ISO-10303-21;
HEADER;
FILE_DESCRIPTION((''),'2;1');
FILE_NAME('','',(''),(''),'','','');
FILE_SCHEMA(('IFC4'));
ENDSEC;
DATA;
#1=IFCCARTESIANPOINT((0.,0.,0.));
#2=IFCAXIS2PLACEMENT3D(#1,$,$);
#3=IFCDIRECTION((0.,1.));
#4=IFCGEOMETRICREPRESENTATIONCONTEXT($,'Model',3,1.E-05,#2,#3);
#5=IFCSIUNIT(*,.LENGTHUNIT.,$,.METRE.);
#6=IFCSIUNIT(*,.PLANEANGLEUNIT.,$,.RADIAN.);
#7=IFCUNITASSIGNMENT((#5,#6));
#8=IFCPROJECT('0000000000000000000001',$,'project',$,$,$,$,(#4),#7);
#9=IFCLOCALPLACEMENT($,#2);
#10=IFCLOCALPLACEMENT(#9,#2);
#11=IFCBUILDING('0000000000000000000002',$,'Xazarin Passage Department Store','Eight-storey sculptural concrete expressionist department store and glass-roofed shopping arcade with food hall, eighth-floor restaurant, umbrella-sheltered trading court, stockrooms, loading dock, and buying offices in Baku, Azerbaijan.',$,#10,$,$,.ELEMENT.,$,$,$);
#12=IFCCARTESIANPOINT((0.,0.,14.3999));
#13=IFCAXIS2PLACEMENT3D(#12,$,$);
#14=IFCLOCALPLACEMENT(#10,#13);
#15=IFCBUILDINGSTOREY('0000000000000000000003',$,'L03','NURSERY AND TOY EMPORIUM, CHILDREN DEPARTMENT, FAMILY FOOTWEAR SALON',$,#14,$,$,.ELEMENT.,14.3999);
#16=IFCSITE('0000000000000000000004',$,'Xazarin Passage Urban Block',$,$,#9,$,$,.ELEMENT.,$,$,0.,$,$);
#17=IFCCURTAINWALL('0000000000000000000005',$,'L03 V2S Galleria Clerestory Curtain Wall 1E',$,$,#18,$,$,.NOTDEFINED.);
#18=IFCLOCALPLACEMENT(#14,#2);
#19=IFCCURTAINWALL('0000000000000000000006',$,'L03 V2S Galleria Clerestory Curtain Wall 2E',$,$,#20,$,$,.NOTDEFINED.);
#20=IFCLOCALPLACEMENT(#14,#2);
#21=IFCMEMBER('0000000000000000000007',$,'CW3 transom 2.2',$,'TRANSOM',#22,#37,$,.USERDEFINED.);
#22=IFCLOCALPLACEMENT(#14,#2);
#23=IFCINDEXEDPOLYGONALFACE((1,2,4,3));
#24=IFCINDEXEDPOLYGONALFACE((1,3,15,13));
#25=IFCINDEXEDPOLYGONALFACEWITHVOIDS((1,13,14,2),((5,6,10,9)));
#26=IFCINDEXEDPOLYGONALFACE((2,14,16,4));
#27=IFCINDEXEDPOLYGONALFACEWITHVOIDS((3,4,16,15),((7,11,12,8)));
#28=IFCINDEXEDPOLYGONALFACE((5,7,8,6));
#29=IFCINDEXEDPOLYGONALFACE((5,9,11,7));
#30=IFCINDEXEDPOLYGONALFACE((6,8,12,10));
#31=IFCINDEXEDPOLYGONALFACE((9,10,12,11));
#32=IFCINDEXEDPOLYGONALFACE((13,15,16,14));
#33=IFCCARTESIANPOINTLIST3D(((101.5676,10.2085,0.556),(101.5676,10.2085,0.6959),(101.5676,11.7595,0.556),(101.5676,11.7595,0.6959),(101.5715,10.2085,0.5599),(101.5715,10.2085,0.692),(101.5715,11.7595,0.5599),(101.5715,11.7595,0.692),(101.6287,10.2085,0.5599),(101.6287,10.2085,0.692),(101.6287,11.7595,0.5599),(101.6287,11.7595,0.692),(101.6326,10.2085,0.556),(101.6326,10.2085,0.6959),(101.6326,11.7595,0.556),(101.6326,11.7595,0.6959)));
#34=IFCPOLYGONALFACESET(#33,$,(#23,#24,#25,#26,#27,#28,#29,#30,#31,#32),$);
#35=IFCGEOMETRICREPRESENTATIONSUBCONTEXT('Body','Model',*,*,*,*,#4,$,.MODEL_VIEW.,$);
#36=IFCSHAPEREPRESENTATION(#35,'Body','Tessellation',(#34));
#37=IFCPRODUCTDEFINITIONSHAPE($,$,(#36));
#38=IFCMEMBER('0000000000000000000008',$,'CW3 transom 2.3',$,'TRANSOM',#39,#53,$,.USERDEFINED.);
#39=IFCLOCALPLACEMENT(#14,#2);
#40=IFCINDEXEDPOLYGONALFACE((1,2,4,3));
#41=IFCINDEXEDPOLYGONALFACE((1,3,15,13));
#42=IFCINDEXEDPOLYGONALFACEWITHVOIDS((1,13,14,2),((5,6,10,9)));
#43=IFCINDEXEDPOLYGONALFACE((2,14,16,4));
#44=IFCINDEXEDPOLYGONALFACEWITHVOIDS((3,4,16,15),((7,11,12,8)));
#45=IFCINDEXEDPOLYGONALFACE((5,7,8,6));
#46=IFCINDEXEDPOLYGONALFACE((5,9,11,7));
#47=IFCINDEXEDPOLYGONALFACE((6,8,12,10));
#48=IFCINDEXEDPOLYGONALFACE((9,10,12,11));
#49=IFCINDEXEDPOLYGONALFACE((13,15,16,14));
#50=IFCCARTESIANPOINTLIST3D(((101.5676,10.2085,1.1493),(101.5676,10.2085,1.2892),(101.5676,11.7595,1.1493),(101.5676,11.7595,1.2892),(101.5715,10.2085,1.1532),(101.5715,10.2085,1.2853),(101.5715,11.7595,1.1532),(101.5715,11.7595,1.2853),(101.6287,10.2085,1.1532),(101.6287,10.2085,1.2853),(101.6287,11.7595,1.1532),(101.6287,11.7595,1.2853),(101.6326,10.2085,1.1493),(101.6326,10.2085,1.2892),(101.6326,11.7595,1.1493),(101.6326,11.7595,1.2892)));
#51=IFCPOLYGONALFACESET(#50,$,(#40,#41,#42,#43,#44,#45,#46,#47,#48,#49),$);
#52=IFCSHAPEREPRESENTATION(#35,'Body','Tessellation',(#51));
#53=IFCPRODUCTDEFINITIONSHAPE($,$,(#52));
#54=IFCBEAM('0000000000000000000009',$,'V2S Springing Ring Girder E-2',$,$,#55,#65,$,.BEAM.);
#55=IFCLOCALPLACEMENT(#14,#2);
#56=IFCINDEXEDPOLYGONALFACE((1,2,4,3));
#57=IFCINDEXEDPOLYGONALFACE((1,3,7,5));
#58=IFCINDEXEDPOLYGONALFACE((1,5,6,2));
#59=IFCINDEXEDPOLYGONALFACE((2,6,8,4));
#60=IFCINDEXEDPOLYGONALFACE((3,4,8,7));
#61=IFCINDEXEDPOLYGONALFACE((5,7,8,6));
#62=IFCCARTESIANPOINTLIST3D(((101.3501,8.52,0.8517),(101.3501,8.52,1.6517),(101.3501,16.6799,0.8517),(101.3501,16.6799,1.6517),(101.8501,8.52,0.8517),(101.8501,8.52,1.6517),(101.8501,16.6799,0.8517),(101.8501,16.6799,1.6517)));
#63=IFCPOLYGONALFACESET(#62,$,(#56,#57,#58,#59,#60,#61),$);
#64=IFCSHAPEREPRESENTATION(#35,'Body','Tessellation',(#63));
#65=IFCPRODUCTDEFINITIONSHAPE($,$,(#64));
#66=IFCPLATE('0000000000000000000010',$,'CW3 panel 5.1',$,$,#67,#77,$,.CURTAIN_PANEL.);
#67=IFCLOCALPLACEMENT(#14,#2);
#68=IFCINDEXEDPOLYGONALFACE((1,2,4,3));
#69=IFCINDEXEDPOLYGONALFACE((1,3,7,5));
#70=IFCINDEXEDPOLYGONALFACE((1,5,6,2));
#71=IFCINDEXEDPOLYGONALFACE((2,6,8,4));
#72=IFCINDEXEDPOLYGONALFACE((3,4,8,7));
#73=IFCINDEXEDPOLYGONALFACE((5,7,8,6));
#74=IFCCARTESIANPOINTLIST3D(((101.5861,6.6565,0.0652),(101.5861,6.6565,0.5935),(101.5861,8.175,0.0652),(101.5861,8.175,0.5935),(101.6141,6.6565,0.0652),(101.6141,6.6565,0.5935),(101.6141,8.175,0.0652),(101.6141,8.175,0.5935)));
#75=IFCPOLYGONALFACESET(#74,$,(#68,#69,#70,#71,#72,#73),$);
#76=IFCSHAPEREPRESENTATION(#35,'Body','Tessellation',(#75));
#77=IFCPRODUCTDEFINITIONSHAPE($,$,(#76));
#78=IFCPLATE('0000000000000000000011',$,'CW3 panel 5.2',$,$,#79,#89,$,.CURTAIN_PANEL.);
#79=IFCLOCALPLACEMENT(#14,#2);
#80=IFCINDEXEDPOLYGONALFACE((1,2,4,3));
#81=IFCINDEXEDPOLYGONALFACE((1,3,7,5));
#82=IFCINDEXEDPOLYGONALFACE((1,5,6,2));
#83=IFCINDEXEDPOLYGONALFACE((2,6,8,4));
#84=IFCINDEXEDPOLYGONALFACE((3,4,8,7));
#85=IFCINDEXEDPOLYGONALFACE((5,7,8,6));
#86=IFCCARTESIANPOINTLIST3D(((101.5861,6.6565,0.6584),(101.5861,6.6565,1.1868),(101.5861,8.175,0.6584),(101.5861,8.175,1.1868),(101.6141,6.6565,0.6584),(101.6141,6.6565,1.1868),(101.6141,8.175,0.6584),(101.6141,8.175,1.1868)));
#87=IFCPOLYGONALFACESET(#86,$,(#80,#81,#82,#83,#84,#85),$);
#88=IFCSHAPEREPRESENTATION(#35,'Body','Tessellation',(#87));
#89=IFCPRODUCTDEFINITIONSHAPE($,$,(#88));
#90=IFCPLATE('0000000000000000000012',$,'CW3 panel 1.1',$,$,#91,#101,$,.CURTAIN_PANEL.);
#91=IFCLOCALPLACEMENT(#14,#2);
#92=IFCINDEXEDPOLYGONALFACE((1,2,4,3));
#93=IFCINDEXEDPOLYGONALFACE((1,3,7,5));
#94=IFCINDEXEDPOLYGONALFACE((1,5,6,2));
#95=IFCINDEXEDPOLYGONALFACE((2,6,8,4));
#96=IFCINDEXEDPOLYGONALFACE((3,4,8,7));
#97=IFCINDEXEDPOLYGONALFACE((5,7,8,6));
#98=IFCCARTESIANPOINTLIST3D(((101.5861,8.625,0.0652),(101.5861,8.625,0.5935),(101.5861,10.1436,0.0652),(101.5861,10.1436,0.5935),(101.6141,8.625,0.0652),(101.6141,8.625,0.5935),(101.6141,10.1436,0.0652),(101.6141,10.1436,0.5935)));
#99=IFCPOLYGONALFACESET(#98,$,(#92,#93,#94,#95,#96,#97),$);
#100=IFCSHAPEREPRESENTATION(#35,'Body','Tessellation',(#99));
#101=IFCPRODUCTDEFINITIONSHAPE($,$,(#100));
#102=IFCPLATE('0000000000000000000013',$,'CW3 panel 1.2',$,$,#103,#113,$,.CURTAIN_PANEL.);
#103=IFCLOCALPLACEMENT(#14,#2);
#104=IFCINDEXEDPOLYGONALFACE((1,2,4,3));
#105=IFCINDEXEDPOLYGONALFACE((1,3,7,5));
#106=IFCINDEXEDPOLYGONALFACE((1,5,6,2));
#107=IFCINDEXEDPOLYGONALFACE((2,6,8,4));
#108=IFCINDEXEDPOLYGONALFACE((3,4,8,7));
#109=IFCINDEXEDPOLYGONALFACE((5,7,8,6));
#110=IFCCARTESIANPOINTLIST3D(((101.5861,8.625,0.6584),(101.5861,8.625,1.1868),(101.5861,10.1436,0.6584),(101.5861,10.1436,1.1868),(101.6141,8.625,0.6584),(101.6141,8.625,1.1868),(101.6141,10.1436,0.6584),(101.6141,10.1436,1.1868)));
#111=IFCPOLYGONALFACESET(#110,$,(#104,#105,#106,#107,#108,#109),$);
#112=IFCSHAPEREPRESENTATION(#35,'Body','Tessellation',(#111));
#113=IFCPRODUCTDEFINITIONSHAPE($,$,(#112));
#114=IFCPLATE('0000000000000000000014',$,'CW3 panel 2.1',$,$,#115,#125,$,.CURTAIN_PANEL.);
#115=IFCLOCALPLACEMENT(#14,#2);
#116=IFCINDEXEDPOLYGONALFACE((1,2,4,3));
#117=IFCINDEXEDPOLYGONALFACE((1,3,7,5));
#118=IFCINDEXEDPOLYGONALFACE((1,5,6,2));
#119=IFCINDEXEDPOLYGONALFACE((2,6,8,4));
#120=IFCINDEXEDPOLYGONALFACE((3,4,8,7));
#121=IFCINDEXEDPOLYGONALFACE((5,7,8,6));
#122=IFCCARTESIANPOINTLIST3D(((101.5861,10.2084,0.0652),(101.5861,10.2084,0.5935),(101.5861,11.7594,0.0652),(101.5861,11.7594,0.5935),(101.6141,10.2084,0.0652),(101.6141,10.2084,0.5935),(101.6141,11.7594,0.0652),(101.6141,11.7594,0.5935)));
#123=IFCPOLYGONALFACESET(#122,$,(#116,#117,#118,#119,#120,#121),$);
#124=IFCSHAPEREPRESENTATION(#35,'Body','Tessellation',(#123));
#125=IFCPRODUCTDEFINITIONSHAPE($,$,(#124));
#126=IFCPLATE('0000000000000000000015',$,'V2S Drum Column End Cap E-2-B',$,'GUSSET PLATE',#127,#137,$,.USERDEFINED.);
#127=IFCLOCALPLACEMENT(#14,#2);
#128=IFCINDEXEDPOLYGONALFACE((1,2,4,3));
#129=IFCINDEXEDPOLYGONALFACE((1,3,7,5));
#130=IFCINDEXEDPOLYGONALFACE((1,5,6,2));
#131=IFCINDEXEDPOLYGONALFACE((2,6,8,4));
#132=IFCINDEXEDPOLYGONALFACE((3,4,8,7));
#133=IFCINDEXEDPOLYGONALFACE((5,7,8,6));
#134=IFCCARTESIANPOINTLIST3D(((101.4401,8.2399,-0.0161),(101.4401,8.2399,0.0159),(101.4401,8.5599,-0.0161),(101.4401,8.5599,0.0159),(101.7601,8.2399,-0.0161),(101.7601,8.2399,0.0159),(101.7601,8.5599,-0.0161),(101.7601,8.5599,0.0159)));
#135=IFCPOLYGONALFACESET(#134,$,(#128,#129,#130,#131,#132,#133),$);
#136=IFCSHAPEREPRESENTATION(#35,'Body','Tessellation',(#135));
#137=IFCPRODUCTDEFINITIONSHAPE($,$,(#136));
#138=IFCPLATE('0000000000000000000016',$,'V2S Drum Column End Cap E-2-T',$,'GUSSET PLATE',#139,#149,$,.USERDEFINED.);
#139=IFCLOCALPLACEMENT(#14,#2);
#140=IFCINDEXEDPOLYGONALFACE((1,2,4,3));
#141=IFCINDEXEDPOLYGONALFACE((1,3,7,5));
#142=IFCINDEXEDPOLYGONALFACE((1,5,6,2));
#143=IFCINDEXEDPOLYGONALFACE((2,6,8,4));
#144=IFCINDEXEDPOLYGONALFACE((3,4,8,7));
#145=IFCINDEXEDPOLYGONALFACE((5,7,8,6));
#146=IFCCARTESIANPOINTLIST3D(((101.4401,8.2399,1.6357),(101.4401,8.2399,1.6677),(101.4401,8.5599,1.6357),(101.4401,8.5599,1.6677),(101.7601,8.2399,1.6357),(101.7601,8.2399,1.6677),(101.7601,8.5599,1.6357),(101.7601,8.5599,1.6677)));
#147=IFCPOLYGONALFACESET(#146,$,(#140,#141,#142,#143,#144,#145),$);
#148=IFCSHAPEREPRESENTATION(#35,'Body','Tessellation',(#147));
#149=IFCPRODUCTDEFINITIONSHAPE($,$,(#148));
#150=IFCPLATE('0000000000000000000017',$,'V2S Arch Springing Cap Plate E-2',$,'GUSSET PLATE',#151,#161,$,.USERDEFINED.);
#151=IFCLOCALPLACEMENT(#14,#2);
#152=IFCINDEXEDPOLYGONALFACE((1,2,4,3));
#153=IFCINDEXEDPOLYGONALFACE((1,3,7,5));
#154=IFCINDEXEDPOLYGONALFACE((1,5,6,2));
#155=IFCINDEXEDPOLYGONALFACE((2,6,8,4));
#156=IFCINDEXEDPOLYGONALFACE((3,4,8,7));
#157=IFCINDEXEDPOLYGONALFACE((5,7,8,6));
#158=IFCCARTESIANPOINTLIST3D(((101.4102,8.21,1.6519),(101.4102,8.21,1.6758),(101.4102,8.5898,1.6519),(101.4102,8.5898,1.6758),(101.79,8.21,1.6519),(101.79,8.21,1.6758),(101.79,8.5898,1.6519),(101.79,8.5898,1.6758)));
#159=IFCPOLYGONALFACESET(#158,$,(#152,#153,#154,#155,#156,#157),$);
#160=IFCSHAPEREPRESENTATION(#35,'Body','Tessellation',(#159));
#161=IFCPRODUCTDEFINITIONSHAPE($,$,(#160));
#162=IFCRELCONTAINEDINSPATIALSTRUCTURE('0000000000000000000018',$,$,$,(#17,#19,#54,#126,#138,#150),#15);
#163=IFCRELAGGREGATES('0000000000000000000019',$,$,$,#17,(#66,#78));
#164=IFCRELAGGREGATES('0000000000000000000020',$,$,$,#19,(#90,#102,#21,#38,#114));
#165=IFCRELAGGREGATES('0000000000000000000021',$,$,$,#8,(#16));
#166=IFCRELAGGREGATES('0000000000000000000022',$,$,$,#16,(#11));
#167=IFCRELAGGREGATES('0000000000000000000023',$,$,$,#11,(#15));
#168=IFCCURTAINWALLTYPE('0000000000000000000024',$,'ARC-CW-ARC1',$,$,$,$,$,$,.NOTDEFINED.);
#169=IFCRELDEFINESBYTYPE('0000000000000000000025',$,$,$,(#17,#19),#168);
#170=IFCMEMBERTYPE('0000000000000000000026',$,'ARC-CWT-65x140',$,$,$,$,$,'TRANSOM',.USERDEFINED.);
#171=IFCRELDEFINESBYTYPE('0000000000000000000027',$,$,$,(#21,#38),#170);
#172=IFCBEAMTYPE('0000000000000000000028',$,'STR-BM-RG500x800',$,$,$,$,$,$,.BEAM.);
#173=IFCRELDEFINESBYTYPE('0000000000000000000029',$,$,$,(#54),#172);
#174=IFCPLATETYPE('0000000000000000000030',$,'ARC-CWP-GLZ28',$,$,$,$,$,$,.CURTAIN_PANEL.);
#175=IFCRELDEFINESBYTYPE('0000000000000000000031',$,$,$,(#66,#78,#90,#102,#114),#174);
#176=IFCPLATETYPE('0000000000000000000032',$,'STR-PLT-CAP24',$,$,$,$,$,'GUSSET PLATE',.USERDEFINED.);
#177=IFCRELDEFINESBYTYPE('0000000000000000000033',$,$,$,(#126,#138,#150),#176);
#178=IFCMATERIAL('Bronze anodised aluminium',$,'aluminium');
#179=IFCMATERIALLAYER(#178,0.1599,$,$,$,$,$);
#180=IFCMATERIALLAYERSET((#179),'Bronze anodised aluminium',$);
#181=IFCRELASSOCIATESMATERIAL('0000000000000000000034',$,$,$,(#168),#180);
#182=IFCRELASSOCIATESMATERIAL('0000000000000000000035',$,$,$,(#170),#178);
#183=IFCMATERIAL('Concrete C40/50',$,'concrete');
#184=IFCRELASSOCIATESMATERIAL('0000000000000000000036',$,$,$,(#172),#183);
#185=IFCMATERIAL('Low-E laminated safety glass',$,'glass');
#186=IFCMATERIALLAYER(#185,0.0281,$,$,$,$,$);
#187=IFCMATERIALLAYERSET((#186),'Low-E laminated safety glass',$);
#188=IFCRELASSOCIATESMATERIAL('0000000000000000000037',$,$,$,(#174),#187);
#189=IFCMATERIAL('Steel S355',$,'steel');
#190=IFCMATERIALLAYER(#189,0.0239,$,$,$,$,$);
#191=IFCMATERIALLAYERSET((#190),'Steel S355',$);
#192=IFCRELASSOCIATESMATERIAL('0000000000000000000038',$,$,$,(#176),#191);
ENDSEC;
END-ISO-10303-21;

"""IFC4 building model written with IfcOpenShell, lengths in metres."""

from ifc_helpers import new_model, si_unit, direction, frame, origin, origin_2d, place, context, subcontext, project, spatial, rectangle, hollow_rectangle, extrude, material, layer, layer_set, material_profile, profile_set, type_object, element, aggregate, save


model = new_model("IFC4")

# Units and contexts
model_context = context("Model", 3, precision=1e-05, world=origin(), true_north=direction((0.0, 1.0)))
body_context = subcontext(model_context, "Body", "Model", "MODEL_VIEW")
ifc_project = project(units=[si_unit("LENGTHUNIT", "METRE"), si_unit("PLANEANGLEUNIT", "RADIAN")], contexts=[model_context])

# Site, building, storey
site_placement = place(None, origin())
site = spatial("IfcSite", under=ifc_project, at=site_placement, Name="Xazarin Passage Urban Block", CompositionType="ELEMENT", RefElevation=0.0)
building_placement = place(site_placement, origin())
building = spatial("IfcBuilding", under=site, at=building_placement, Name="Xazarin Passage Department Store", Description="Eight-storey sculptural concrete expressionist department store and glass-roofed shopping arcade with food hall, eighth-floor restaurant, umbrella-sheltered trading court, stockrooms, loading dock, and buying offices in Baku, Azerbaijan.", CompositionType="ELEMENT")
storey_placement = place(building_placement, frame((0.0, 0.0, 14.3999)))
storey = spatial("IfcBuildingStorey", under=building, at=storey_placement, Name="L03", Description="NURSERY AND TOY EMPORIUM, CHILDREN DEPARTMENT, FAMILY FOOTWEAR SALON", CompositionType="ELEMENT", Elevation=14.3999)

# Shared definitions
ifc_material_1 = material(Name="Steel S355", Category="steel")

# Curtain wall
ifc_material_2 = material(Name="Bronze anodised aluminium", Category="aluminium")
ifc_layer_1 = layer(ifc_material_2, 0.1599)
ifc_layer_set_1 = layer_set([ifc_layer_1], Name="Bronze anodised aluminium")
curtain_wall_type = type_object("IfcCurtainWallType", Name="ARC-CW-ARC1", PredefinedType="NOTDEFINED", material=ifc_layer_set_1)
curtain_wall_1_placement = place(storey_placement, origin())
curtain_wall_1 = element("IfcCurtainWall", 1, at=curtain_wall_1_placement, inside=storey, type_object=curtain_wall_type, Name="L03 V2S Galleria Clerestory Curtain Wall 1E", PredefinedType="NOTDEFINED")

# Curtain wall
curtain_wall_2_placement = place(storey_placement, origin())
curtain_wall_2 = element("IfcCurtainWall", 2, at=curtain_wall_2_placement, inside=storey, type_object=curtain_wall_type, Name="L03 V2S Galleria Clerestory Curtain Wall 2E", PredefinedType="NOTDEFINED")

# Members
ifc_material_profile_1 = material_profile(ifc_material_2, hollow_rectangle(XDim=0.0649, YDim=0.1399, WallThickness=0.0039, at=origin_2d()), Name="ALU 65x140")
ifc_profile_set_1 = profile_set([ifc_material_profile_1], Name="Bronze anodised aluminium")
member_type_1 = type_object("IfcMemberType", Name="ARC-CWT-65x140", ElementType="TRANSOM", PredefinedType="USERDEFINED", material=ifc_profile_set_1)
member_1_placement = place(storey_placement, frame((101.6001, 10.2085, 0.626), z_axis=(0.0, 1.0, 0.0), x_axis=(-1.0, 0.0, 0.0)))
member_1 = element("IfcMember", 3, at=member_1_placement, type_object=member_type_1, Name="CW3 transom 2.2", ObjectType="TRANSOM", PredefinedType="USERDEFINED", context=body_context, shape_type="SweptSolid", body=[
    extrude(hollow_rectangle(XDim=0.0649, YDim=0.1399, WallThickness=0.0039, at=origin_2d()), origin(), (0.0, 0.0, 1.0), 1.551),
])
member_2_placement = place(storey_placement, frame((101.6001, 10.2085, 1.2192), z_axis=(0.0, 1.0, 0.0), x_axis=(-1.0, 0.0, 0.0)))
member_2 = element("IfcMember", 4, at=member_2_placement, type_object=member_type_1, Name="CW3 transom 2.3", ObjectType="TRANSOM", PredefinedType="USERDEFINED", context=body_context, shape_type="SweptSolid", body=[
    extrude(hollow_rectangle(XDim=0.0649, YDim=0.1399, WallThickness=0.0039, at=origin_2d()), origin(), (0.0, 0.0, 1.0), 1.551),
])

# Beam
ifc_material_3 = material(Name="Concrete C40/50", Category="concrete")
ifc_material_profile_2 = material_profile(ifc_material_3, rectangle(XDim=0.5, YDim=0.8, at=origin_2d()), Name="RC 500x800")
ifc_profile_set_2 = profile_set([ifc_material_profile_2], Name="Concrete C40/50")
beam_type = type_object("IfcBeamType", Name="STR-BM-RG500x800", PredefinedType="BEAM", material=ifc_profile_set_2)
beam_placement = place(storey_placement, frame((101.6001, 8.52, 1.2517), z_axis=(0.0, 1.0, 0.0), x_axis=(-1.0, 0.0, 0.0)))
element("IfcBeam", 5, at=beam_placement, inside=storey, type_object=beam_type, Name="V2S Springing Ring Girder E-2", PredefinedType="BEAM", context=body_context, shape_type="SweptSolid", body=[
    extrude(rectangle(XDim=0.5, YDim=0.8, at=origin_2d()), origin(), (0.0, 0.0, 1.0), 8.1599),
])

# Plates
ifc_material_4 = material(Name="Low-E laminated safety glass", Category="glass")
ifc_layer_2 = layer(ifc_material_4, 0.0281)
ifc_layer_set_2 = layer_set([ifc_layer_2], Name="Low-E laminated safety glass")
plate_type_1 = type_object("IfcPlateType", Name="ARC-CWP-GLZ28", PredefinedType="CURTAIN_PANEL", material=ifc_layer_set_2)
plate_1_placement = place(storey_placement, frame((101.6001, 7.4158, 0.0652), z_axis=(0.0, 0.0, 1.0), x_axis=(0.0, 1.0, 0.0)))
plate_1 = element("IfcPlate", 6, at=plate_1_placement, type_object=plate_type_1, Name="CW3 panel 5.1", PredefinedType="CURTAIN_PANEL", context=body_context, shape_type="SweptSolid", body=[
    extrude(rectangle(XDim=1.5186, YDim=0.0281, at=origin_2d()), origin(), (0.0, 0.0, 1.0), 0.5283),
])
plate_2_placement = place(storey_placement, frame((101.6001, 7.4158, 0.6584), z_axis=(0.0, 0.0, 1.0), x_axis=(0.0, 1.0, 0.0)))
plate_2 = element("IfcPlate", 7, at=plate_2_placement, type_object=plate_type_1, Name="CW3 panel 5.2", PredefinedType="CURTAIN_PANEL", context=body_context, shape_type="SweptSolid", body=[
    extrude(rectangle(XDim=1.5186, YDim=0.0281, at=origin_2d()), origin(), (0.0, 0.0, 1.0), 0.5283),
])
aggregate(curtain_wall_1, [plate_1, plate_2])
plate_3_placement = place(storey_placement, frame((101.6001, 9.3843, 0.0652), z_axis=(0.0, 0.0, 1.0), x_axis=(0.0, 1.0, 0.0)))
plate_3 = element("IfcPlate", 8, at=plate_3_placement, type_object=plate_type_1, Name="CW3 panel 1.1", PredefinedType="CURTAIN_PANEL", context=body_context, shape_type="SweptSolid", body=[
    extrude(rectangle(XDim=1.5186, YDim=0.0281, at=origin_2d()), origin(), (0.0, 0.0, 1.0), 0.5283),
])
plate_4_placement = place(storey_placement, frame((101.6001, 9.3843, 0.6584), z_axis=(0.0, 0.0, 1.0), x_axis=(0.0, 1.0, 0.0)))
plate_4 = element("IfcPlate", 9, at=plate_4_placement, type_object=plate_type_1, Name="CW3 panel 1.2", PredefinedType="CURTAIN_PANEL", context=body_context, shape_type="SweptSolid", body=[
    extrude(rectangle(XDim=1.5186, YDim=0.0281, at=origin_2d()), origin(), (0.0, 0.0, 1.0), 0.5283),
])
plate_5_placement = place(storey_placement, frame((101.6001, 10.9839, 0.0652), z_axis=(0.0, 0.0, 1.0), x_axis=(0.0, 1.0, 0.0)))
plate_5 = element("IfcPlate", 10, at=plate_5_placement, type_object=plate_type_1, Name="CW3 panel 2.1", PredefinedType="CURTAIN_PANEL", context=body_context, shape_type="SweptSolid", body=[
    extrude(rectangle(XDim=1.551, YDim=0.0281, at=origin_2d()), origin(), (0.0, 0.0, 1.0), 0.5283),
])
aggregate(curtain_wall_2, [plate_3, plate_4, member_1, member_2, plate_5])

# Plates
ifc_layer_3 = layer(ifc_material_1, 0.0239)
ifc_layer_set_3 = layer_set([ifc_layer_3], Name="Steel S355")
plate_type_2 = type_object("IfcPlateType", Name="STR-PLT-CAP24", ElementType="GUSSET PLATE", PredefinedType="USERDEFINED", material=ifc_layer_set_3)
for number, where, z_axis, x_axis, name in (
    (11, (101.6001, 8.3999, -0.0161), (0.0, 0.0, 1.0), (1.0, 0.0, 0.0), "V2S Drum Column End Cap E-2-B"),
    (12, (101.6001, 8.3999, 1.6357), (0.0, 0.0, 1.0), (1.0, 0.0, 0.0), "V2S Drum Column End Cap E-2-T"),
):
    element("IfcPlate", number, at=place(storey_placement, frame(where, z_axis=z_axis, x_axis=x_axis)), inside=storey, type_object=plate_type_2, Name=name, ObjectType="GUSSET PLATE", PredefinedType="USERDEFINED", context=body_context, shape_type="SweptSolid", body=[
        extrude(rectangle(XDim=0.3201, YDim=0.3201, at=origin_2d()), origin(), (0.0, 0.0, 1.0), 0.032),
    ])
plate_6_placement = place(storey_placement, frame((101.6001, 8.3999, 1.6519), z_axis=(0.0, 0.0, 1.0), x_axis=(1.0, 0.0, 0.0)))
element("IfcPlate", 13, at=plate_6_placement, inside=storey, type_object=plate_type_2, Name="V2S Arch Springing Cap Plate E-2", ObjectType="GUSSET PLATE", PredefinedType="USERDEFINED", context=body_context, shape_type="SweptSolid", body=[
    extrude(rectangle(XDim=0.3799, YDim=0.3799, at=origin_2d()), origin(), (0.0, 0.0, 1.0), 0.0239),
])

save(model, "model.ifc")
